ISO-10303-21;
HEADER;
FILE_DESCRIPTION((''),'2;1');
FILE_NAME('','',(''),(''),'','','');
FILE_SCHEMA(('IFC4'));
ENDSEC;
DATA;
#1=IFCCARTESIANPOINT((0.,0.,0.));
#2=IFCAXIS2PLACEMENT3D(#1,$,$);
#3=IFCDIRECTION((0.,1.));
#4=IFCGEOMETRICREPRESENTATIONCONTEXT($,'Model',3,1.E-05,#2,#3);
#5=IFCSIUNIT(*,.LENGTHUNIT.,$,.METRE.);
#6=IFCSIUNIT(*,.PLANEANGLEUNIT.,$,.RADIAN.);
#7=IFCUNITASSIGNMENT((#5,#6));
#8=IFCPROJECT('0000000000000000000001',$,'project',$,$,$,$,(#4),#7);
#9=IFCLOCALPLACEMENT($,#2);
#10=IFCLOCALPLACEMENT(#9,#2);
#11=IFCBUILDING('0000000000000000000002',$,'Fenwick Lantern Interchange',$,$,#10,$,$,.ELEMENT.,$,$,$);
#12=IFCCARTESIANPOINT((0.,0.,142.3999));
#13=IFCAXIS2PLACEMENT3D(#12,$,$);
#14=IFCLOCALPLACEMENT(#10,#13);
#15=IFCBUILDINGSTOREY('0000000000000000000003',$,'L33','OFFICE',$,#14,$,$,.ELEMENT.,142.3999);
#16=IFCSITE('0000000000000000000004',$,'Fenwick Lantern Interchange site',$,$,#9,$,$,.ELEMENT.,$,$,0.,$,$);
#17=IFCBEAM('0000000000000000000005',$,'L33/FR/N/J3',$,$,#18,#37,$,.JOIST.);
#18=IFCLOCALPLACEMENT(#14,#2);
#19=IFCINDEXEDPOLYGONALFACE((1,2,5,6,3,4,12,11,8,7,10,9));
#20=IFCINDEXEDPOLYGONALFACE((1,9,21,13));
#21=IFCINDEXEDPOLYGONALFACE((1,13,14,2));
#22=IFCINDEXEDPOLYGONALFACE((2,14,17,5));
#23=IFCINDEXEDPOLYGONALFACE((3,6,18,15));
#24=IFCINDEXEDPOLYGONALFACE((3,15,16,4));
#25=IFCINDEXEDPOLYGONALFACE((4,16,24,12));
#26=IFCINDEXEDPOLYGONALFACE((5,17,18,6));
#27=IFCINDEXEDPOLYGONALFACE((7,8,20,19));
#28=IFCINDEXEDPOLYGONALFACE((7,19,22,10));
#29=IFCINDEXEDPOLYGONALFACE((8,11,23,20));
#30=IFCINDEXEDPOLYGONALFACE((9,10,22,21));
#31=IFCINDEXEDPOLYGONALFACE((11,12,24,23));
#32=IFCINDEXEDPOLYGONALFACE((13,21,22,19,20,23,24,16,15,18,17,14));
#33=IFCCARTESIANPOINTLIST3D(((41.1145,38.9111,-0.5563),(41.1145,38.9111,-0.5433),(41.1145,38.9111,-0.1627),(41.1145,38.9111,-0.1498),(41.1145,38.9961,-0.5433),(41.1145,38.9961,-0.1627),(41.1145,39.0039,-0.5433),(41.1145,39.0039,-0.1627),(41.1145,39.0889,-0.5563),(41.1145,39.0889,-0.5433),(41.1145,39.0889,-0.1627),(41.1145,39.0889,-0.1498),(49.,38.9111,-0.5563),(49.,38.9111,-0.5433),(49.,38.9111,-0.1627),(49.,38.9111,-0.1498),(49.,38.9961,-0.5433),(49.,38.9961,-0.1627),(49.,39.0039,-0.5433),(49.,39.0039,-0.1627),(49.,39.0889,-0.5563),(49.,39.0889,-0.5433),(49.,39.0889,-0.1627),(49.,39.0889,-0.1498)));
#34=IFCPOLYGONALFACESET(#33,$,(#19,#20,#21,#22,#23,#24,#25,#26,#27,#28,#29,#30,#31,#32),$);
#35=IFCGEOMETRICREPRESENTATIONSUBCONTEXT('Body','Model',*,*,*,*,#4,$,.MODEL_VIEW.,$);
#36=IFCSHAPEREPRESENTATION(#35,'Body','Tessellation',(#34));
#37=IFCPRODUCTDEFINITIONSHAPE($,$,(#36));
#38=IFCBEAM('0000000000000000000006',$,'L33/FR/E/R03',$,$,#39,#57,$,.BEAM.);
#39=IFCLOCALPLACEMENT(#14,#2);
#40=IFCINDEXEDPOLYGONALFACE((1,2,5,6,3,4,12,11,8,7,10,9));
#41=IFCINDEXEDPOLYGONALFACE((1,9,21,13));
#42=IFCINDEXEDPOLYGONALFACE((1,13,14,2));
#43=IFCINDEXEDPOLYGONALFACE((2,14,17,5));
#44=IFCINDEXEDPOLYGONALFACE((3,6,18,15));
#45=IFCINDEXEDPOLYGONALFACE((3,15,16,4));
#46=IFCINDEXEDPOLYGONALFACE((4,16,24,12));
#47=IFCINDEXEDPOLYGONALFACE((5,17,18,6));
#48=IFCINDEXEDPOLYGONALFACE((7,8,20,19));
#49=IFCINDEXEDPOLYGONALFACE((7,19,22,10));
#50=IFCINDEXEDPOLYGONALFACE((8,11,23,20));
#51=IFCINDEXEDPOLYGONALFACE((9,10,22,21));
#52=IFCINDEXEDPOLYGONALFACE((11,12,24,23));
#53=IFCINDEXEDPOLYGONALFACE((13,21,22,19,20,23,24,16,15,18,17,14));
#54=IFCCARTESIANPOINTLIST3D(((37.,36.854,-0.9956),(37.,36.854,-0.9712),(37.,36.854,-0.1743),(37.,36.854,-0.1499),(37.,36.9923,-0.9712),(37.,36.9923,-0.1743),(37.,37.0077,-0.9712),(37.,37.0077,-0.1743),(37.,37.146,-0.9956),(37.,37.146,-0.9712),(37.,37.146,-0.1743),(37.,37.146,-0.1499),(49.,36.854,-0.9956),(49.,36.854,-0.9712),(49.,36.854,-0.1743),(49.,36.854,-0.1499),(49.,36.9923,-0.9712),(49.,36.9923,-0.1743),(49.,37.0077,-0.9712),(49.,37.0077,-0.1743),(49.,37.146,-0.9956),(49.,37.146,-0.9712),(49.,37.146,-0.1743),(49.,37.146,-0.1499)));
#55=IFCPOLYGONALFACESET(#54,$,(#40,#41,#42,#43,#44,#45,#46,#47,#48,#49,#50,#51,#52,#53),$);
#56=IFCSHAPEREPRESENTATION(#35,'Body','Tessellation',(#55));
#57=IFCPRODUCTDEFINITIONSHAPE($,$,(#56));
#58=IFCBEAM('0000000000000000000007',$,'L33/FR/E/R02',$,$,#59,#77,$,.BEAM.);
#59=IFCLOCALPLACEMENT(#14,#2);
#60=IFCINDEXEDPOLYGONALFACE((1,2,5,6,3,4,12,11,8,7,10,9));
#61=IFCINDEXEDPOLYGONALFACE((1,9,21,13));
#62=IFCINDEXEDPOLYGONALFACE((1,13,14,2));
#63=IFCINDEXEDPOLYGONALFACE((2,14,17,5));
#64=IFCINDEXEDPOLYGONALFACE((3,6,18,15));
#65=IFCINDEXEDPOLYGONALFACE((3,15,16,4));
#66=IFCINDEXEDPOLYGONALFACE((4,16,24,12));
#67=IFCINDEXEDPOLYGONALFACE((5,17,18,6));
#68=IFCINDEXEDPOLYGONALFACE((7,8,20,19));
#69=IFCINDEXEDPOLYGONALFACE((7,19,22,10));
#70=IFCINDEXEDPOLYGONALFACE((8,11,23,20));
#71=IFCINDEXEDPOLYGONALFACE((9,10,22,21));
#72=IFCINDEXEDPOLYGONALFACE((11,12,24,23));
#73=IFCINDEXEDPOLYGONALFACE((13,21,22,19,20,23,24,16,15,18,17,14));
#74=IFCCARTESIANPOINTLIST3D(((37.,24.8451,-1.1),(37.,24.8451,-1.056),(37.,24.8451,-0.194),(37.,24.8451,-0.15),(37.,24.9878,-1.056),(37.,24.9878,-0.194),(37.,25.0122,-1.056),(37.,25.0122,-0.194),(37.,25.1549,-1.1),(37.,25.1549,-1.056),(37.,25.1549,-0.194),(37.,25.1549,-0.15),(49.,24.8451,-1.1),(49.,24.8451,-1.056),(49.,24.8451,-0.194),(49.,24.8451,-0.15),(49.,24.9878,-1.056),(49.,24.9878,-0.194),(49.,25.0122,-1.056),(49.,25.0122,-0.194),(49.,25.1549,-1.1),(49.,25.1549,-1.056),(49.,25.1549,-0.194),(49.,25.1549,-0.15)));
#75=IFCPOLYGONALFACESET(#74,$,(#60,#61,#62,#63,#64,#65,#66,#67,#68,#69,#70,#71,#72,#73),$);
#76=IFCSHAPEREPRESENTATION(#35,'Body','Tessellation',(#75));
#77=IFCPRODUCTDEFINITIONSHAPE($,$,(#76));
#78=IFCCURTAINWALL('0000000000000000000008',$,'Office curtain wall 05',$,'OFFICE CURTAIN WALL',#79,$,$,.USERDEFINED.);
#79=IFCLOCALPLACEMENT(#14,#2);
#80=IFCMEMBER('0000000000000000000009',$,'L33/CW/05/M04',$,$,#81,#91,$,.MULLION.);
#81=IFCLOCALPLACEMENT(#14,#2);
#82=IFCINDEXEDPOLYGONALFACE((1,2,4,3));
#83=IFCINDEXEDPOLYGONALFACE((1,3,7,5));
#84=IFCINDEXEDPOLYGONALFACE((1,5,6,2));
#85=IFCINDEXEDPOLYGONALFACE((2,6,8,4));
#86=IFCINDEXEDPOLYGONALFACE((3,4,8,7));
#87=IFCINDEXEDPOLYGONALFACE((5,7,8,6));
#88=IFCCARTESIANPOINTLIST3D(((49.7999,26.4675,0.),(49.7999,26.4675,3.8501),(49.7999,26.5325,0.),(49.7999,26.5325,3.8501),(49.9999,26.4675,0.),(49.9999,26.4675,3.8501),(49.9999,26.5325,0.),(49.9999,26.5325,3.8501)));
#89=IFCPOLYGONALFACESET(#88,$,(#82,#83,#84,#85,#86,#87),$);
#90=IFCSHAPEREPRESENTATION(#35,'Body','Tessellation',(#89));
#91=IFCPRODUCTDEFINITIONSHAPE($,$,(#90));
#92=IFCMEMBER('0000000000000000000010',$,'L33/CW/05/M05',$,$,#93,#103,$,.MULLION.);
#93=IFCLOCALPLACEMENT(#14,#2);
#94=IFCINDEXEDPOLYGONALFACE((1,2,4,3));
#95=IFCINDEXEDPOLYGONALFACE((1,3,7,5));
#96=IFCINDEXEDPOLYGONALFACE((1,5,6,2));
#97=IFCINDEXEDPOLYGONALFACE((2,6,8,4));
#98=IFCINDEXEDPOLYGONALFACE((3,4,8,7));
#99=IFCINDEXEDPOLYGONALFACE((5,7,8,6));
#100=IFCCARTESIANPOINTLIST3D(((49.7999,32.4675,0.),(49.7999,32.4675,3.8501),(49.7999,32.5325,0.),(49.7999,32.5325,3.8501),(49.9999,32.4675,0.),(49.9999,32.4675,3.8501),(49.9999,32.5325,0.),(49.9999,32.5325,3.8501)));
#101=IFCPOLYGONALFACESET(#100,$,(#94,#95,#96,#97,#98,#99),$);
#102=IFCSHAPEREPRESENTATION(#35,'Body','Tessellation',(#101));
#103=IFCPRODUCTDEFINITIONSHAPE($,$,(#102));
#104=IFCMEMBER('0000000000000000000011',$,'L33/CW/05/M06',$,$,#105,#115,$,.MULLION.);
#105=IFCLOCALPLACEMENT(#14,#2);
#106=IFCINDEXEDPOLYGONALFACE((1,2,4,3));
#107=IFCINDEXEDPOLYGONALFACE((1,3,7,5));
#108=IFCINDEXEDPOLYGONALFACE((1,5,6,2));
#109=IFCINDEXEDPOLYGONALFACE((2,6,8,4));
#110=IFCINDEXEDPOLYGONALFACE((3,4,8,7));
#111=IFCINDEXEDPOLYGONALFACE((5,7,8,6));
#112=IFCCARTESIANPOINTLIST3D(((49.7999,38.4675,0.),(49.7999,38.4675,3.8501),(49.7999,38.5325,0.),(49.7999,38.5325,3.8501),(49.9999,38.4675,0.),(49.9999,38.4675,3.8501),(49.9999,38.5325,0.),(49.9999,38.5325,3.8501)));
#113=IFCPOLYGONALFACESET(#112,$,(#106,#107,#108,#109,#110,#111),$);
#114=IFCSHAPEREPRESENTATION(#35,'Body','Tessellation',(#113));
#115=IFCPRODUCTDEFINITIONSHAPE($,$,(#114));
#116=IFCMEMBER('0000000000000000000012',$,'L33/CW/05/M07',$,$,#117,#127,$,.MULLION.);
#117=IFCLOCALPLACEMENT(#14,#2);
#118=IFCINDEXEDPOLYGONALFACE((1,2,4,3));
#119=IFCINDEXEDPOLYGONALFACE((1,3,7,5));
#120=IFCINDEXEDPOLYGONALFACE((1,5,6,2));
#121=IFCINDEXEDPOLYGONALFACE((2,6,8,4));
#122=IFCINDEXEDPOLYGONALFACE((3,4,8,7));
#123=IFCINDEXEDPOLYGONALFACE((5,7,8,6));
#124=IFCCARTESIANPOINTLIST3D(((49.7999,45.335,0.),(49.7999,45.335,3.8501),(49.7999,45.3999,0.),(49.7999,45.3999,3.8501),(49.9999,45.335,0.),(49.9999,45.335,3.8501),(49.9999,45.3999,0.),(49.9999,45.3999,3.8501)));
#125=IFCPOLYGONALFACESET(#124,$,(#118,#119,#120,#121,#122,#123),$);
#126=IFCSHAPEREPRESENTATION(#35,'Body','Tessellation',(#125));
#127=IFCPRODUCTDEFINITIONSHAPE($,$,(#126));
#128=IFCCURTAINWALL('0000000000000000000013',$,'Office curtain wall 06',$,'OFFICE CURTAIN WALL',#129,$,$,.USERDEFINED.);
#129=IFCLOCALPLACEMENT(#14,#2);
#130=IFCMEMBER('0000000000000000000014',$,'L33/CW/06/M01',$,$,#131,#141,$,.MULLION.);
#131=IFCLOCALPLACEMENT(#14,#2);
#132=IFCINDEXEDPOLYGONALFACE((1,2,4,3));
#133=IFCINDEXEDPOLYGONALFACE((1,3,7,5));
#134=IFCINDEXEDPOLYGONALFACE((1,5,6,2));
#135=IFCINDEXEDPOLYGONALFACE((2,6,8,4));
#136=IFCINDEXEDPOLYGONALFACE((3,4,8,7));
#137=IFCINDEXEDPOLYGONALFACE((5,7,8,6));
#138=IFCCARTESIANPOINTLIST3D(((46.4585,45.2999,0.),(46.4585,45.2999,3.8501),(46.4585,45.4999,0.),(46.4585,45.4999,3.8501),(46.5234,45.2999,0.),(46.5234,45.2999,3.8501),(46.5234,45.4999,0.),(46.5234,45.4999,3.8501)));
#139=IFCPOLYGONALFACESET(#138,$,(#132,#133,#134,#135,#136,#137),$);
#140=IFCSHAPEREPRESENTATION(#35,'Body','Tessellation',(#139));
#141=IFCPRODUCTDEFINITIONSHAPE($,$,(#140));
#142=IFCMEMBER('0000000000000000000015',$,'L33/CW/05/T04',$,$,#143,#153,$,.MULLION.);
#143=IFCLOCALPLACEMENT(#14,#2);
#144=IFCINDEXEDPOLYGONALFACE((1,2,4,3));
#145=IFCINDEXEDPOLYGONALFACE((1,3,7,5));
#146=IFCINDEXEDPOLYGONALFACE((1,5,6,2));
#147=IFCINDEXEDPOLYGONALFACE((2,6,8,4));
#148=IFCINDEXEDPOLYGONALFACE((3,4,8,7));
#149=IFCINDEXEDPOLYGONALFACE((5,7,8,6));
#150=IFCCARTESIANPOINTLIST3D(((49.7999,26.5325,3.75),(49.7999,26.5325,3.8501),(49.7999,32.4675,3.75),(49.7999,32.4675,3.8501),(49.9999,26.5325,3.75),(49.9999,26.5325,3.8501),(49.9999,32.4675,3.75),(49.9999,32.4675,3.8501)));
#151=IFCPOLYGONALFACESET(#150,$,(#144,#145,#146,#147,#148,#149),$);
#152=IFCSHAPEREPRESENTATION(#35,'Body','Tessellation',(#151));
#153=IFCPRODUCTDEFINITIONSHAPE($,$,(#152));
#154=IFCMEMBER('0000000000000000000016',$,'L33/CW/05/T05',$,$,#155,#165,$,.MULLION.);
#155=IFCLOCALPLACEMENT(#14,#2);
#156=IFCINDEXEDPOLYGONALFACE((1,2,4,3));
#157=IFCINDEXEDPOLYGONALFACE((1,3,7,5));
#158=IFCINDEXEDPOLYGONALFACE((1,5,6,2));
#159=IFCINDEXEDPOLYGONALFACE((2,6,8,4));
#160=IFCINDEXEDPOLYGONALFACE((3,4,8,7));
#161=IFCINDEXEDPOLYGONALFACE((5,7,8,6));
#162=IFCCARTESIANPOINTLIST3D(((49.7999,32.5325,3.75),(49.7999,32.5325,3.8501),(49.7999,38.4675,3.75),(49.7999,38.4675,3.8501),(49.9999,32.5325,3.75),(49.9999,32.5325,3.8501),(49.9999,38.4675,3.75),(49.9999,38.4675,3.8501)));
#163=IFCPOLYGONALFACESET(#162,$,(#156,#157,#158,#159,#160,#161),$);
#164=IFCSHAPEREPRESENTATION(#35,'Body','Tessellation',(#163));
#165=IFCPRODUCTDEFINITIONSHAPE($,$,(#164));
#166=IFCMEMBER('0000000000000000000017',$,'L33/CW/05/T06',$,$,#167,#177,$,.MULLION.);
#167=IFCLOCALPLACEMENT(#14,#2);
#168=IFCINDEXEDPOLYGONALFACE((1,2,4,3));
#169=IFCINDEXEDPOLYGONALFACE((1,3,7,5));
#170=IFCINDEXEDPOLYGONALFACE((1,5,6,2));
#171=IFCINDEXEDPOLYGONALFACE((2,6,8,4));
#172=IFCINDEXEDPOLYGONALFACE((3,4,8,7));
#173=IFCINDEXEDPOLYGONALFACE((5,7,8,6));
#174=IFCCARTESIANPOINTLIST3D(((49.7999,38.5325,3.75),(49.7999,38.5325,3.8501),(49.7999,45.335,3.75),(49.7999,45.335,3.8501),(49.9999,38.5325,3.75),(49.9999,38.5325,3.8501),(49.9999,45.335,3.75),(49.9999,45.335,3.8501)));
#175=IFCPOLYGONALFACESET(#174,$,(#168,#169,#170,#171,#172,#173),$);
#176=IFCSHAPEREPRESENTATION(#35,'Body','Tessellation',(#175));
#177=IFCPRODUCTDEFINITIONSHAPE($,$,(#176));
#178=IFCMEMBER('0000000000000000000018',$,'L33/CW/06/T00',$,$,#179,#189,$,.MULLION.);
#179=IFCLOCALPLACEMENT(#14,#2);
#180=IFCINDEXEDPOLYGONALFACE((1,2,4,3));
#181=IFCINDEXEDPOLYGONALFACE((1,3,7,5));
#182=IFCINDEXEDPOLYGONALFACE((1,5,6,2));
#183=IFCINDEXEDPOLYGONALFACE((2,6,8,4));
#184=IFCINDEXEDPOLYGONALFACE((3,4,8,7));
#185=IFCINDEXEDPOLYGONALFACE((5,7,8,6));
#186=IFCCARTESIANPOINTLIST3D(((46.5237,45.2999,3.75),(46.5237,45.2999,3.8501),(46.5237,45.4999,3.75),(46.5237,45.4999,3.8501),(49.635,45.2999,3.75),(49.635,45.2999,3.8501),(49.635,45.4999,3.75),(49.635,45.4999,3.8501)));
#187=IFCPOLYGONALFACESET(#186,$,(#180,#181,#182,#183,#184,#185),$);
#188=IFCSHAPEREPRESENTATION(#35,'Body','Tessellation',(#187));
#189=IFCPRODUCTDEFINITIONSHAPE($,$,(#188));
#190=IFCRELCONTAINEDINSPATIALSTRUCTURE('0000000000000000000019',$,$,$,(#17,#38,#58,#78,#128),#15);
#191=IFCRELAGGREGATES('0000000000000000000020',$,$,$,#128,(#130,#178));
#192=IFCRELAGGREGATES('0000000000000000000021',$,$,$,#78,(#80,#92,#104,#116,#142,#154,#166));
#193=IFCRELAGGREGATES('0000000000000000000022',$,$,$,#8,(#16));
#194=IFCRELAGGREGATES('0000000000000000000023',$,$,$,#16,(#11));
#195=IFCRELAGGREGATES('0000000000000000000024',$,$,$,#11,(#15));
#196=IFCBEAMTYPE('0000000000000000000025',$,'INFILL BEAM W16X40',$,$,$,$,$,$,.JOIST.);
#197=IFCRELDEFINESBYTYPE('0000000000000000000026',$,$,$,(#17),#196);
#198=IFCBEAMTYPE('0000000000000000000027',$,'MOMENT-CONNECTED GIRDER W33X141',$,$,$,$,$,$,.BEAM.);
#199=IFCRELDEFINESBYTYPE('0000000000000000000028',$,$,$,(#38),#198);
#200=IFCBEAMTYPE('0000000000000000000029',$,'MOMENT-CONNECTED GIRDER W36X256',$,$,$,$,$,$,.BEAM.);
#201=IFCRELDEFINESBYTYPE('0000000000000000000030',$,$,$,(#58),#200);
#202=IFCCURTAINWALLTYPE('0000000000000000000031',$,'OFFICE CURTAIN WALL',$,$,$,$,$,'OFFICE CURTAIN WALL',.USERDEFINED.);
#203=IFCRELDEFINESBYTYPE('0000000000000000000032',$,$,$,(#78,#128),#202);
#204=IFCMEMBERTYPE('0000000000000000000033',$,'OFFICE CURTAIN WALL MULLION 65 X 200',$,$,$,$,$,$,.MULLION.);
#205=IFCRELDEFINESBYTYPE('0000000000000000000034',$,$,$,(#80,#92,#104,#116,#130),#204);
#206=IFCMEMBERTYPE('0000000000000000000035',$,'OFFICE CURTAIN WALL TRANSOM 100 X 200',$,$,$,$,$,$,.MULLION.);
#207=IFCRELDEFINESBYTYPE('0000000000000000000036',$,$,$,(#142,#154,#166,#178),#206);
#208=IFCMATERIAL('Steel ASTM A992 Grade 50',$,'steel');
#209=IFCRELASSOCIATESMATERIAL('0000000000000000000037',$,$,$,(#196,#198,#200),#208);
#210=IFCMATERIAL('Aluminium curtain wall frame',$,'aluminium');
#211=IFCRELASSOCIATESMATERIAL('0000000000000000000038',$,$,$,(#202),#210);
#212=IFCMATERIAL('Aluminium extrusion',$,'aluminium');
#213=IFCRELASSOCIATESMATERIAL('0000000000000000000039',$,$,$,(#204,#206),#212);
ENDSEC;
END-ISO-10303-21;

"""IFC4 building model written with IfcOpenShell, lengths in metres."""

from ifc_helpers import new_model, si_unit, direction, frame, origin, origin_2d, place, context, subcontext, project, spatial, rectangle, i_section, extrude, material, material_profile, profile_set, type_object, element, aggregate, save


model = new_model("IFC4")

# Units and contexts
model_context = context("Model", 3, precision=1e-05, world=origin(), true_north=direction((0.0, 1.0)))
body_context = subcontext(model_context, "Body", "Model", "MODEL_VIEW")
ifc_project = project(units=[si_unit("LENGTHUNIT", "METRE"), si_unit("PLANEANGLEUNIT", "RADIAN")], contexts=[model_context])

# Site, building, storey
site_placement = place(None, origin())
site = spatial("IfcSite", under=ifc_project, at=site_placement, Name="Fenwick Lantern Interchange site", CompositionType="ELEMENT", RefElevation=0.0)
building_placement = place(site_placement, origin())
building = spatial("IfcBuilding", under=site, at=building_placement, Name="Fenwick Lantern Interchange", CompositionType="ELEMENT")
storey_placement = place(building_placement, frame((0.0, 0.0, 142.3999)))
storey = spatial("IfcBuildingStorey", under=building, at=storey_placement, Name="L33", Description="OFFICE", CompositionType="ELEMENT", Elevation=142.3999)

# Shared definitions
ifc_material_1 = material(Name="Steel ASTM A992 Grade 50", Category="steel")

# Beams
ifc_material_profile_1 = material_profile(ifc_material_1, i_section(OverallWidth=0.1777, OverallDepth=0.4065, WebThickness=0.0078, FlangeThickness=0.0129, at=origin_2d()), Name="W16X40")
ifc_profile_set_1 = profile_set([ifc_material_profile_1], Name="Steel ASTM A992 Grade 50")
beam_type_1 = type_object("IfcBeamType", Name="INFILL BEAM W16X40", PredefinedType="JOIST", material=ifc_profile_set_1)
beam_1_placement = place(storey_placement, frame((49.0, 39.0, -0.353), z_axis=(-1.0, 0.0, 0.0), x_axis=(0.0, -1.0, 0.0)))
element("IfcBeam", 1, at=beam_1_placement, inside=storey, type_object=beam_type_1, Name="L33/FR/N/J3", PredefinedType="JOIST", context=body_context, shape_type="SweptSolid", body=[
    extrude(i_section(OverallWidth=0.1777, OverallDepth=0.4065, WebThickness=0.0078, FlangeThickness=0.0129, at=origin_2d()), origin(), (0.0, 0.0, 1.0), 7.8855),
])
ifc_material_profile_2 = material_profile(ifc_material_1, i_section(OverallWidth=0.292, OverallDepth=0.8457, WebThickness=0.0154, FlangeThickness=0.0244, at=origin_2d()), Name="W33X141")
ifc_profile_set_2 = profile_set([ifc_material_profile_2], Name="Steel ASTM A992 Grade 50")
beam_type_2 = type_object("IfcBeamType", Name="MOMENT-CONNECTED GIRDER W33X141", PredefinedType="BEAM", material=ifc_profile_set_2)
beam_2_placement = place(storey_placement, frame((49.0, 37.0, -0.5728), z_axis=(-1.0, 0.0, 0.0), x_axis=(0.0, -1.0, 0.0)))
element("IfcBeam", 2, at=beam_2_placement, inside=storey, type_object=beam_type_2, Name="L33/FR/E/R03", PredefinedType="BEAM", context=body_context, shape_type="SweptSolid", body=[
    extrude(i_section(OverallWidth=0.292, OverallDepth=0.8457, WebThickness=0.0154, FlangeThickness=0.0244, at=origin_2d()), origin(), (0.0, 0.0, 1.0), 12.0),
])
ifc_material_profile_3 = material_profile(ifc_material_1, i_section(OverallWidth=0.3098, OverallDepth=0.95, WebThickness=0.0244, FlangeThickness=0.0439, at=origin_2d()), Name="W36X256")
ifc_profile_set_3 = profile_set([ifc_material_profile_3], Name="Steel ASTM A992 Grade 50")
beam_type_3 = type_object("IfcBeamType", Name="MOMENT-CONNECTED GIRDER W36X256", PredefinedType="BEAM", material=ifc_profile_set_3)
beam_3_placement = place(storey_placement, frame((49.0, 25.0, -0.625), z_axis=(-1.0, 0.0, 0.0), x_axis=(0.0, -1.0, 0.0)))
element("IfcBeam", 3, at=beam_3_placement, inside=storey, type_object=beam_type_3, Name="L33/FR/E/R02", PredefinedType="BEAM", context=body_context, shape_type="SweptSolid", body=[
    extrude(i_section(OverallWidth=0.3098, OverallDepth=0.95, WebThickness=0.0244, FlangeThickness=0.0439, at=origin_2d()), origin(), (0.0, 0.0, 1.0), 12.0),
])

# Curtain wall, members
ifc_material_2 = material(Name="Aluminium curtain wall frame", Category="aluminium")
curtain_wall_type = type_object("IfcCurtainWallType", Name="OFFICE CURTAIN WALL", ElementType="OFFICE CURTAIN WALL", PredefinedType="USERDEFINED", material=ifc_material_2)
curtain_wall_1_placement = place(storey_placement, origin())
curtain_wall_1 = element("IfcCurtainWall", 4, at=curtain_wall_1_placement, inside=storey, type_object=curtain_wall_type, Name="Office curtain wall 05", ObjectType="OFFICE CURTAIN WALL", PredefinedType="USERDEFINED")
ifc_material_3 = material(Name="Aluminium extrusion", Category="aluminium")
ifc_material_profile_4 = material_profile(ifc_material_3, rectangle(XDim=0.2, YDim=0.0649, at=origin_2d()), Name="OFFICE CURTAIN WALL MULLION 65 X 200")
ifc_profile_set_4 = profile_set([ifc_material_profile_4], Name="Aluminium extrusion")
member_type_1 = type_object("IfcMemberType", Name="OFFICE CURTAIN WALL MULLION 65 X 200", PredefinedType="MULLION", material=ifc_profile_set_4)
member_1_placement = place(storey_placement, frame((49.8999, 26.5, 0.0), z_axis=(0.0, 0.0, 1.0), x_axis=(-1.0, 0.0, 0.0)))
member_1 = element("IfcMember", 5, at=member_1_placement, type_object=member_type_1, Name="L33/CW/05/M04", PredefinedType="MULLION", context=body_context, shape_type="SweptSolid", body=[
    extrude(rectangle(XDim=0.2, YDim=0.0649, at=origin_2d()), origin(), (0.0, 0.0, 1.0), 3.8501),
])
member_2_placement = place(storey_placement, frame((49.8999, 32.5, 0.0), z_axis=(0.0, 0.0, 1.0), x_axis=(-1.0, 0.0, 0.0)))
member_2 = element("IfcMember", 6, at=member_2_placement, type_object=member_type_1, Name="L33/CW/05/M05", PredefinedType="MULLION", context=body_context, shape_type="SweptSolid", body=[
    extrude(rectangle(XDim=0.2, YDim=0.0649, at=origin_2d()), origin(), (0.0, 0.0, 1.0), 3.8501),
])
member_3_placement = place(storey_placement, frame((49.8999, 38.5, 0.0), z_axis=(0.0, 0.0, 1.0), x_axis=(-1.0, 0.0, 0.0)))
member_3 = element("IfcMember", 7, at=member_3_placement, type_object=member_type_1, Name="L33/CW/05/M06", PredefinedType="MULLION", context=body_context, shape_type="SweptSolid", body=[
    extrude(rectangle(XDim=0.2, YDim=0.0649, at=origin_2d()), origin(), (0.0, 0.0, 1.0), 3.8501),
])
member_4_placement = place(storey_placement, frame((49.8999, 45.3674, 0.0), z_axis=(0.0, 0.0, 1.0), x_axis=(-1.0, 0.0, 0.0)))
member_4 = element("IfcMember", 8, at=member_4_placement, type_object=member_type_1, Name="L33/CW/05/M07", PredefinedType="MULLION", context=body_context, shape_type="SweptSolid", body=[
    extrude(rectangle(XDim=0.2, YDim=0.0649, at=origin_2d()), origin(), (0.0, 0.0, 1.0), 3.8501),
])

# Curtain wall, member
curtain_wall_2_placement = place(storey_placement, origin())
curtain_wall_2 = element("IfcCurtainWall", 9, at=curtain_wall_2_placement, inside=storey, type_object=curtain_wall_type, Name="Office curtain wall 06", ObjectType="OFFICE CURTAIN WALL", PredefinedType="USERDEFINED")
member_5_placement = place(storey_placement, frame((46.491, 45.3999, 0.0), z_axis=(0.0, 0.0, 1.0), x_axis=(0.0, -1.0, 0.0)))
member_5 = element("IfcMember", 10, at=member_5_placement, type_object=member_type_1, Name="L33/CW/06/M01", PredefinedType="MULLION", context=body_context, shape_type="SweptSolid", body=[
    extrude(rectangle(XDim=0.2, YDim=0.0649, at=origin_2d()), origin(), (0.0, 0.0, 1.0), 3.8501),
])

# Members
ifc_material_profile_5 = material_profile(ifc_material_3, rectangle(XDim=0.2, YDim=0.1001, at=origin_2d()), Name="OFFICE CURTAIN WALL TRANSOM 100 X 200")
ifc_profile_set_5 = profile_set([ifc_material_profile_5], Name="Aluminium extrusion")
member_type_2 = type_object("IfcMemberType", Name="OFFICE CURTAIN WALL TRANSOM 100 X 200", PredefinedType="MULLION", material=ifc_profile_set_5)
member_6_placement = place(storey_placement, frame((49.8999, 26.5325, 3.8), z_axis=(0.0, 1.0, 0.0), x_axis=(-1.0, 0.0, 0.0)))
member_6 = element("IfcMember", 11, at=member_6_placement, type_object=member_type_2, Name="L33/CW/05/T04", PredefinedType="MULLION", context=body_context, shape_type="SweptSolid", body=[
    extrude(rectangle(XDim=0.2, YDim=0.1001, at=origin_2d()), origin(), (0.0, 0.0, 1.0), 5.9351),
])
member_7_placement = place(storey_placement, frame((49.8999, 32.5325, 3.8), z_axis=(0.0, 1.0, 0.0), x_axis=(-1.0, 0.0, 0.0)))
member_7 = element("IfcMember", 12, at=member_7_placement, type_object=member_type_2, Name="L33/CW/05/T05", PredefinedType="MULLION", context=body_context, shape_type="SweptSolid", body=[
    extrude(rectangle(XDim=0.2, YDim=0.1001, at=origin_2d()), origin(), (0.0, 0.0, 1.0), 5.9351),
])
member_8_placement = place(storey_placement, frame((49.8999, 38.5325, 3.8), z_axis=(0.0, 1.0, 0.0), x_axis=(-1.0, 0.0, 0.0)))
member_8 = element("IfcMember", 13, at=member_8_placement, type_object=member_type_2, Name="L33/CW/05/T06", PredefinedType="MULLION", context=body_context, shape_type="SweptSolid", body=[
    extrude(rectangle(XDim=0.2, YDim=0.1001, at=origin_2d()), origin(), (0.0, 0.0, 1.0), 6.8025),
])
member_9_placement = place(storey_placement, frame((49.635, 45.3999, 3.8), z_axis=(-1.0, 0.0, 0.0), x_axis=(0.0, -1.0, 0.0)))
member_9 = element("IfcMember", 14, at=member_9_placement, type_object=member_type_2, Name="L33/CW/06/T00", PredefinedType="MULLION", context=body_context, shape_type="SweptSolid", body=[
    extrude(rectangle(XDim=0.2, YDim=0.1001, at=origin_2d()), origin(), (0.0, 0.0, 1.0), 3.1113),
])
aggregate(curtain_wall_2, [member_5, member_9])

aggregate(curtain_wall_1, [member_1, member_2, member_3, member_4, member_6, member_7, member_8])

save(model, "model.ifc")
